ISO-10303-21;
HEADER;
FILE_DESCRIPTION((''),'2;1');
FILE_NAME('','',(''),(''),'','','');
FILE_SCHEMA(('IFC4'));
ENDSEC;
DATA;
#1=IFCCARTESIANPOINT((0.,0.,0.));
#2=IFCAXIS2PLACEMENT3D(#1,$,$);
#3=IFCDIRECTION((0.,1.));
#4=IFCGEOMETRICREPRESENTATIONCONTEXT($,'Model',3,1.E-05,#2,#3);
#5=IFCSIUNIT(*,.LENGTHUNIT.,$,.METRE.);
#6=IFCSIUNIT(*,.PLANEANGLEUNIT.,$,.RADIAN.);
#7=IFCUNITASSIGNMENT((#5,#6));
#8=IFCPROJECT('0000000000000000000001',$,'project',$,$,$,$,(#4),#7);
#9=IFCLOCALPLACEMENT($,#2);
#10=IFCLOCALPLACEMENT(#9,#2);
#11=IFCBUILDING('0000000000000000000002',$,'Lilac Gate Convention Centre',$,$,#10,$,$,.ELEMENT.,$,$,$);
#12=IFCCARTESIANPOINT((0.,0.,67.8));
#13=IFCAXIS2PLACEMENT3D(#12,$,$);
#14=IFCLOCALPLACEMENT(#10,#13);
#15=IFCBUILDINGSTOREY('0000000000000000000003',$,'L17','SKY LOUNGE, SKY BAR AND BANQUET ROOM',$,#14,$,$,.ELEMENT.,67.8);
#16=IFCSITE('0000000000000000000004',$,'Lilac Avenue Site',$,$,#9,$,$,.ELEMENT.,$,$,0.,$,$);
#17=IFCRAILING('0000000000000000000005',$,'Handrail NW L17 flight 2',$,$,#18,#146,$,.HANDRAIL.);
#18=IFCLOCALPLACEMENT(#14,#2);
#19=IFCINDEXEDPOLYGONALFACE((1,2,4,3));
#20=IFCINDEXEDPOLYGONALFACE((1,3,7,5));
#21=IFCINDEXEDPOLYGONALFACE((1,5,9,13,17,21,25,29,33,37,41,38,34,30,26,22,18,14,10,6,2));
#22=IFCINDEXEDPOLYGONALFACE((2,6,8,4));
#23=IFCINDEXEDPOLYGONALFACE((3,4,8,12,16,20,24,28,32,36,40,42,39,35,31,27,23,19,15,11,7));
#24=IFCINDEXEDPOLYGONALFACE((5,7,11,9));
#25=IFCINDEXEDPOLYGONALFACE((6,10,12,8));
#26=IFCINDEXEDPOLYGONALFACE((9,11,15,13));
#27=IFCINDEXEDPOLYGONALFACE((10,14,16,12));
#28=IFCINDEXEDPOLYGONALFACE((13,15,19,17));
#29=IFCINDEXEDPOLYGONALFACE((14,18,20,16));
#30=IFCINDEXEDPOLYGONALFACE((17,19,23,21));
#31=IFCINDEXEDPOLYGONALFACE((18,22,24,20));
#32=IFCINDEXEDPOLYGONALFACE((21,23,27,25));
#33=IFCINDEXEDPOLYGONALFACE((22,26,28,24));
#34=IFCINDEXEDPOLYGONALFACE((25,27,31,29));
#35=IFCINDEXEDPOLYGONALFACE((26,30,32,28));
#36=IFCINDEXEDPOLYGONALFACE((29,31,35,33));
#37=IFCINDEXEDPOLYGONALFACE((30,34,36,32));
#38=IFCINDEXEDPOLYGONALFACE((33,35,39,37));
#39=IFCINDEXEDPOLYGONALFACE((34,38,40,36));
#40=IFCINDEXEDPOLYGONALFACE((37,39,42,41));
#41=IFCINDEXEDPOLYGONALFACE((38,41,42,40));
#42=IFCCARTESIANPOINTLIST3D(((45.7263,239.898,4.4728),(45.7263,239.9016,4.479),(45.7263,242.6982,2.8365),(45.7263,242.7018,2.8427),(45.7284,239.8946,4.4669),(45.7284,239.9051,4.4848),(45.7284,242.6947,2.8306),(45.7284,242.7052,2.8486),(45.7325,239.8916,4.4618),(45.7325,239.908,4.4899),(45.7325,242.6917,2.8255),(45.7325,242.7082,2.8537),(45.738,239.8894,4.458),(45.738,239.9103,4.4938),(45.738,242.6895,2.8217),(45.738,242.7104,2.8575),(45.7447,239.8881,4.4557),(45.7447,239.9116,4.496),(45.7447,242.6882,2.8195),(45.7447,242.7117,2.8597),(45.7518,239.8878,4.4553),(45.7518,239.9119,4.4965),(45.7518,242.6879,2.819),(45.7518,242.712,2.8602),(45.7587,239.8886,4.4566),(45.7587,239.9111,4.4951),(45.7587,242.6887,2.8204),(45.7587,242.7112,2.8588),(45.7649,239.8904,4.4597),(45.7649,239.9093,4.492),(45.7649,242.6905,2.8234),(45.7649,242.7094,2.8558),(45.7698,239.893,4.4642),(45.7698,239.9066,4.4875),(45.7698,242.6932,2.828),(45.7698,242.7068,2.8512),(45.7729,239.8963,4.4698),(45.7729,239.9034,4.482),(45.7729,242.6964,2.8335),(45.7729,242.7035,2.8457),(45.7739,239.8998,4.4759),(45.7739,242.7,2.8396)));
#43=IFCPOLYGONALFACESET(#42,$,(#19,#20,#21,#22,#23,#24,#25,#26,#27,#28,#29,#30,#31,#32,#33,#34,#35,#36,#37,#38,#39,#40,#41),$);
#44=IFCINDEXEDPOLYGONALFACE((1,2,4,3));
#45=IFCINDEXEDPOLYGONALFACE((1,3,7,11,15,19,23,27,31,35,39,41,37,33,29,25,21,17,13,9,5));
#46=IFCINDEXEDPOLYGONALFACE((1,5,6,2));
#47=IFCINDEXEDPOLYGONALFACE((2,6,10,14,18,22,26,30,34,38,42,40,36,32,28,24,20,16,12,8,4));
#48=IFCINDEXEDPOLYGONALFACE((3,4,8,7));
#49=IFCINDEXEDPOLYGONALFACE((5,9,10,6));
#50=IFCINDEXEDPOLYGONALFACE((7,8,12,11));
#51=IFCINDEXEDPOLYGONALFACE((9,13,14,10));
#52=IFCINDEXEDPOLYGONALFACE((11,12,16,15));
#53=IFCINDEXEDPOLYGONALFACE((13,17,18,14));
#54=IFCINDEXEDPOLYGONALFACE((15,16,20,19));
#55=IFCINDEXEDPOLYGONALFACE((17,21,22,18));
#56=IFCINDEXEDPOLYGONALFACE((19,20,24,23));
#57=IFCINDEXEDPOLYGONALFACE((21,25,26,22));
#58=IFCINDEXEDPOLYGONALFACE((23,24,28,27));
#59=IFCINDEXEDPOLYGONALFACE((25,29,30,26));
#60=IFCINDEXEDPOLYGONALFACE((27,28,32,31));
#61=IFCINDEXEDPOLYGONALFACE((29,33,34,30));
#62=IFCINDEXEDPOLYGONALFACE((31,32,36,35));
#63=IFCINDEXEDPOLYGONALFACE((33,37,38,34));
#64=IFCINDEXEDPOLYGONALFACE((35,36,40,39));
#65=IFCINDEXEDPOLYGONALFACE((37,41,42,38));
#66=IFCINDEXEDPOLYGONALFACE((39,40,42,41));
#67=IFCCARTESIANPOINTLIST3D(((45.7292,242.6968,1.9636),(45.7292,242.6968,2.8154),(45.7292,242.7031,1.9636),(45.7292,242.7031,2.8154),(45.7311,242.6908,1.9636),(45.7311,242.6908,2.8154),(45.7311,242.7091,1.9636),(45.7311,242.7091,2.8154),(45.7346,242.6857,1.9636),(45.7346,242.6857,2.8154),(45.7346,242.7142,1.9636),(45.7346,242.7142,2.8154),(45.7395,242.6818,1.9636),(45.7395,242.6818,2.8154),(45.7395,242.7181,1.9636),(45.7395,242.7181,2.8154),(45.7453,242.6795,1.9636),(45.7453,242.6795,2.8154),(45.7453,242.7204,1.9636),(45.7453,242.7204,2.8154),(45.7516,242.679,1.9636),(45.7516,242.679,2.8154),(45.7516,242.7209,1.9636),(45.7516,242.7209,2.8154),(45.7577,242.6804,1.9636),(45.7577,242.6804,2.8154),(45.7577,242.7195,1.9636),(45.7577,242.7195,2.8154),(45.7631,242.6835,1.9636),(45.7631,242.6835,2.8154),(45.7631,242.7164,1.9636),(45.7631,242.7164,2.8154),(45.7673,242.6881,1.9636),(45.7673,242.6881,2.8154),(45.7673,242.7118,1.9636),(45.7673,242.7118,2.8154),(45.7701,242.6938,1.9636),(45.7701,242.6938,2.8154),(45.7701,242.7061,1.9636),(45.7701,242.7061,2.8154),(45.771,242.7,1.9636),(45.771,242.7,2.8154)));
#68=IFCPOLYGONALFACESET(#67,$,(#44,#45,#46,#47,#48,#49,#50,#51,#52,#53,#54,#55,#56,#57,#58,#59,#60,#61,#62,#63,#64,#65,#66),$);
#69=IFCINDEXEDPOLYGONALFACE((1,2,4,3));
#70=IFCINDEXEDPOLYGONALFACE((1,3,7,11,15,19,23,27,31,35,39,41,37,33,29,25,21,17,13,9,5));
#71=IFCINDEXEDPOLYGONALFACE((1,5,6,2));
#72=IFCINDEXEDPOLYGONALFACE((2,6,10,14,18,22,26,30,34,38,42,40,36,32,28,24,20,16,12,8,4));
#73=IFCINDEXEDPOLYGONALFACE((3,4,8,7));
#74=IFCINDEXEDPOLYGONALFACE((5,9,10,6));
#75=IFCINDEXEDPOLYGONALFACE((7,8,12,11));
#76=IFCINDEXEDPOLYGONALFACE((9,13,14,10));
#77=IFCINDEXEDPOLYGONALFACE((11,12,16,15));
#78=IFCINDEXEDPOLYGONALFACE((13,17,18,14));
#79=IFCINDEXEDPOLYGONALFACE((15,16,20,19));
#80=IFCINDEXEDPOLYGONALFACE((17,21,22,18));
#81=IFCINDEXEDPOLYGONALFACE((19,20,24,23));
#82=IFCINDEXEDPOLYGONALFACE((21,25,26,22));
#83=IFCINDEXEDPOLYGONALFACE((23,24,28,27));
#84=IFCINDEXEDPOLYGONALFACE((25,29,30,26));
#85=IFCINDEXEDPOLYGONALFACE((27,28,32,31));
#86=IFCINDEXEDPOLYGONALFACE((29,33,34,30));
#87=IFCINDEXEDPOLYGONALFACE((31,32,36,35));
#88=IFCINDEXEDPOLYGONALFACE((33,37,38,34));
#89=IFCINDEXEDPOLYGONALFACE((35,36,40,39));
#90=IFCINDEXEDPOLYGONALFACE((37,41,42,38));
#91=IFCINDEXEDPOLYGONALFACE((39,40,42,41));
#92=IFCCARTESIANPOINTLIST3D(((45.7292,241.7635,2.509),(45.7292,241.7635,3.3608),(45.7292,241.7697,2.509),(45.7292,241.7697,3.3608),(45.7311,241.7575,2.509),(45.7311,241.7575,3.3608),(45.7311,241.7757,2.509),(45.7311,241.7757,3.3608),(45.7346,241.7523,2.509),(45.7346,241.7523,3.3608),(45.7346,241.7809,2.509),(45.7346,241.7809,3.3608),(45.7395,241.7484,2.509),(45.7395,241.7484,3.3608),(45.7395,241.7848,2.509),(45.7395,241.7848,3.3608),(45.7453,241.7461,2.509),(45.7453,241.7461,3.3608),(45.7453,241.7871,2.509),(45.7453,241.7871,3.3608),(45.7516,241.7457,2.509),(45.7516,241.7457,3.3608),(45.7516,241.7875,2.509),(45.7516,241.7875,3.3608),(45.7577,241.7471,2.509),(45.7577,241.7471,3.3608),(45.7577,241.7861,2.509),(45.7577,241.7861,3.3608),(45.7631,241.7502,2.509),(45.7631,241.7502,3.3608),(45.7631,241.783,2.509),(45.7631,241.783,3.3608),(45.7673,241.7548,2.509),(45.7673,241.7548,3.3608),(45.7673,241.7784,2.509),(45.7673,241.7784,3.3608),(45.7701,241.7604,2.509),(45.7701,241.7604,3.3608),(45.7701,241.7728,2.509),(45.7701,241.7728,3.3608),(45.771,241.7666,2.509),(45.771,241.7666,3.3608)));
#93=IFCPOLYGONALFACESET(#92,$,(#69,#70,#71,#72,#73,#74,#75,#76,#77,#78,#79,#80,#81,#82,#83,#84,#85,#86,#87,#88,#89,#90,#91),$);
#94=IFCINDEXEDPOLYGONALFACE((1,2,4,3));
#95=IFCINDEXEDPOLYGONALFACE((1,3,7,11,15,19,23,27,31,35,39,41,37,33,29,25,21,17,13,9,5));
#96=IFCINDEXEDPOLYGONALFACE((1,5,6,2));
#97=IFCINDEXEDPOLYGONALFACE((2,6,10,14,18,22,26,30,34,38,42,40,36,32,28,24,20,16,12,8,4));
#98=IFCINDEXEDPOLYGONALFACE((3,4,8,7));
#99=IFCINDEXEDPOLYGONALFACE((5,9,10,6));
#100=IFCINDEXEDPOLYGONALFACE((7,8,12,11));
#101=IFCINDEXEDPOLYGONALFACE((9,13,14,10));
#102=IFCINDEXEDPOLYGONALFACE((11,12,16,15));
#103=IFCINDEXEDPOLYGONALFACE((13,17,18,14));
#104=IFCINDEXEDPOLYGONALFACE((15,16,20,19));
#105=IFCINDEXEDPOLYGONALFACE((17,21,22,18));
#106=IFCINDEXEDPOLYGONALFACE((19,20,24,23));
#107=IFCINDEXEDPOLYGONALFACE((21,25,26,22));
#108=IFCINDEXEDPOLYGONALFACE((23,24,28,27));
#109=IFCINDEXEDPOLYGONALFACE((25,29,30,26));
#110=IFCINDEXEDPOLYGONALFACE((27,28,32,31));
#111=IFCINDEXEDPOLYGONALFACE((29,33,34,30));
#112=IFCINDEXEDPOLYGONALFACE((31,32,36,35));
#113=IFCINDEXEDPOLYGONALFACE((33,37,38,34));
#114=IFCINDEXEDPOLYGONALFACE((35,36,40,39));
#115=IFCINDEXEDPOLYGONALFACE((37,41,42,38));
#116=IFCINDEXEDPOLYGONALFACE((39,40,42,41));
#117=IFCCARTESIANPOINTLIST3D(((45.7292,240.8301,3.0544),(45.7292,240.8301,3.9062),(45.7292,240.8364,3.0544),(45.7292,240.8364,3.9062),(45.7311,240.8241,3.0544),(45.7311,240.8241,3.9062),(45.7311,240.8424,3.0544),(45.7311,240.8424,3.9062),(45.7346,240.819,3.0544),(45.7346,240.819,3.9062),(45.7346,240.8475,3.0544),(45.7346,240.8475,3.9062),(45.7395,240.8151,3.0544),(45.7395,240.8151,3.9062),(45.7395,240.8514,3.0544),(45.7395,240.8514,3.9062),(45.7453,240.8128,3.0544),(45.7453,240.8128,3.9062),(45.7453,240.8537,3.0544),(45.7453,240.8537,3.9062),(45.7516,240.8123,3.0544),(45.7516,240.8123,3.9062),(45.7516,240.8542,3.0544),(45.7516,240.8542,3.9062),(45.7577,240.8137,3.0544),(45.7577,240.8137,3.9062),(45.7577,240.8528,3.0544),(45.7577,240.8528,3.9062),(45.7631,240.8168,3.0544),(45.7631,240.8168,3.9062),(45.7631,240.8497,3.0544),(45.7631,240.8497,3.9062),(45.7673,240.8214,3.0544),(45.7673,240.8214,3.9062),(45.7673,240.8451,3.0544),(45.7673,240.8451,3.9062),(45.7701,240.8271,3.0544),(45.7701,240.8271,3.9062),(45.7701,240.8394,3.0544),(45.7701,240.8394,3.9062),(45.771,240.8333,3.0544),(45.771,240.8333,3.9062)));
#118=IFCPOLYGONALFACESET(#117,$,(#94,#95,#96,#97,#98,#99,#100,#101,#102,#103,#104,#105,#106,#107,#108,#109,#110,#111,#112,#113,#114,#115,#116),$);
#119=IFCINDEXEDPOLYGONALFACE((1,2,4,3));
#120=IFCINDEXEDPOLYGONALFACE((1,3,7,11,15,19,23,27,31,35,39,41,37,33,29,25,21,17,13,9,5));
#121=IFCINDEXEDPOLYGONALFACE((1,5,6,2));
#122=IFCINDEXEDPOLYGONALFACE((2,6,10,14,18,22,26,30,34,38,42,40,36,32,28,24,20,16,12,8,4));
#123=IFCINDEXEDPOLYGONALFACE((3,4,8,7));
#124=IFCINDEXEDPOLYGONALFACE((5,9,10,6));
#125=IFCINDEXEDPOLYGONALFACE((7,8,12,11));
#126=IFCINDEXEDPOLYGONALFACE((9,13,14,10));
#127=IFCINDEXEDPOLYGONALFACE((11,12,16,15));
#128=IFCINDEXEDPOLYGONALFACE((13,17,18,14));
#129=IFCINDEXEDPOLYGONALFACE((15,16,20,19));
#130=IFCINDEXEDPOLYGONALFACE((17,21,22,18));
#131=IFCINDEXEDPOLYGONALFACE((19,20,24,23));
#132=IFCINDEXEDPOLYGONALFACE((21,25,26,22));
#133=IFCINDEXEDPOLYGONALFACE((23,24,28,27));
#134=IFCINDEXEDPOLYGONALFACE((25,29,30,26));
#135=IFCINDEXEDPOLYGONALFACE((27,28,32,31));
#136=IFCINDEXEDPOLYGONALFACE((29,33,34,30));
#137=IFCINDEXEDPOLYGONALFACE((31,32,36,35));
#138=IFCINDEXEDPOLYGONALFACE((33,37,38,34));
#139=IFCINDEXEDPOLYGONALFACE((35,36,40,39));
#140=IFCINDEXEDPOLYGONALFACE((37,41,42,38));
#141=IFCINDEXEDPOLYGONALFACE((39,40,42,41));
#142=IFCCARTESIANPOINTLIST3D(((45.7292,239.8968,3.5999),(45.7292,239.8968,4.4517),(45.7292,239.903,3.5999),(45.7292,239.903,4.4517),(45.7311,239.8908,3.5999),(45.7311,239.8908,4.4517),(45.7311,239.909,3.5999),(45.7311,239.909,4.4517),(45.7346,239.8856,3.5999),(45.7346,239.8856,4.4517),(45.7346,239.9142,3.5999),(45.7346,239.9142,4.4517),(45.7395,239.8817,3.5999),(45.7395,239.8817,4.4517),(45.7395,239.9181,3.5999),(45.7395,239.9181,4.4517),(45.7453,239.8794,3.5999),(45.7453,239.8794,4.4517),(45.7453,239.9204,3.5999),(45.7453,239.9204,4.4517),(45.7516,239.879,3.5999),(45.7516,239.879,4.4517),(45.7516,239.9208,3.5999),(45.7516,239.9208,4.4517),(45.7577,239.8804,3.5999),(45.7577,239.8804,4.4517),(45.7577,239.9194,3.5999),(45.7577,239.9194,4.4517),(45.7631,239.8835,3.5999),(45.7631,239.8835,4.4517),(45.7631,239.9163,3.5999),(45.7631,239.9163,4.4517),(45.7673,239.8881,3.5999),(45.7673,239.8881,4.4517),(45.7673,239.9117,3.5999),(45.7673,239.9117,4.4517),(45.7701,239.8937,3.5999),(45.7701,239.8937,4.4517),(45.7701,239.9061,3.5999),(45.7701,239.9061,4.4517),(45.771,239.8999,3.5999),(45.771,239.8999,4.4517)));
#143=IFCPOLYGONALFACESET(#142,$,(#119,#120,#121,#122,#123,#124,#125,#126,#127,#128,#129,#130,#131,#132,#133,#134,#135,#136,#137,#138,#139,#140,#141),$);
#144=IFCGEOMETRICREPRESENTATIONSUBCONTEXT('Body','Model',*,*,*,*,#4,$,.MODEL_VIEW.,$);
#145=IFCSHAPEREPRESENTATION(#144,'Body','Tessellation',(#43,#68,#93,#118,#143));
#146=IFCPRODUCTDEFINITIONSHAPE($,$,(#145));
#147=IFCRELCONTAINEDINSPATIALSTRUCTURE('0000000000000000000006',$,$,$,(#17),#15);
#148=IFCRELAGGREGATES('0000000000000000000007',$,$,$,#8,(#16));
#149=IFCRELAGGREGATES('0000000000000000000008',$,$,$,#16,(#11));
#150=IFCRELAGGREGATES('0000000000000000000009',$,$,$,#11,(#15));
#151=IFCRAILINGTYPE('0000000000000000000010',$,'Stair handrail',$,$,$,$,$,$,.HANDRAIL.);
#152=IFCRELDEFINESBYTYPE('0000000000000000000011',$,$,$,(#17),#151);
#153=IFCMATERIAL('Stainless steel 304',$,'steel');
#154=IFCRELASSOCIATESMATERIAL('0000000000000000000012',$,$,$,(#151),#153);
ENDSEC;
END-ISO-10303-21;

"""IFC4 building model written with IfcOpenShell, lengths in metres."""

from ifc_helpers import new_model, si_unit, direction, frame, origin, origin_2d, place, context, subcontext, project, spatial, circle, extrude, material, type_object, element, save


model = new_model("IFC4")

# Units and contexts
model_context = context("Model", 3, precision=1e-05, world=origin(), true_north=direction((0.0, 1.0)))
body_context = subcontext(model_context, "Body", "Model", "MODEL_VIEW")
ifc_project = project(units=[si_unit("LENGTHUNIT", "METRE"), si_unit("PLANEANGLEUNIT", "RADIAN")], contexts=[model_context])

# Site, building, storey
site_placement = place(None, origin())
site = spatial("IfcSite", under=ifc_project, at=site_placement, Name="Lilac Avenue Site", CompositionType="ELEMENT", RefElevation=0.0)
building_placement = place(site_placement, origin())
building = spatial("IfcBuilding", under=site, at=building_placement, Name="Lilac Gate Convention Centre", CompositionType="ELEMENT")
storey_placement = place(building_placement, frame((0.0, 0.0, 67.8)))
storey = spatial("IfcBuildingStorey", under=building, at=storey_placement, Name="L17", Description="SKY LOUNGE, SKY BAR AND BANQUET ROOM", CompositionType="ELEMENT", Elevation=67.8)

# Railing
ifc_material_1 = material(Name="Stainless steel 304", Category="steel")
railing_type = type_object("IfcRailingType", Name="Stair handrail", PredefinedType="HANDRAIL", material=ifc_material_1)
for number, where, name in (
    (1, (45.75, 242.7, 1.9636), "Handrail NW L17 flight 2"),
):
    element("IfcRailing", number, at=place(storey_placement, frame(where)), inside=storey, type_object=railing_type, Name=name, PredefinedType="HANDRAIL", context=body_context, shape_type="SweptSolid", body=[
        extrude(circle(Radius=0.0239, at=origin_2d()), frame((0.0, 0.0, 0.876), z_axis=(0.0, -0.863394, 0.504531), x_axis=(1.0, 0.0, 0.0)), (0.0, 0.0, 1.0), 3.2432),
        extrude(circle(Radius=0.021, at=origin_2d()), origin(), (0.0, 0.0, 1.0), 0.8518),
        extrude(circle(Radius=0.021, at=origin_2d()), frame((0.0, -0.9333, 0.5454)), (0.0, 0.0, 1.0), 0.8518),
        extrude(circle(Radius=0.021, at=origin_2d()), frame((0.0, -1.8667, 1.0908)), (0.0, 0.0, 1.0), 0.8518),
        extrude(circle(Radius=0.021, at=origin_2d()), frame((0.0, -2.8, 1.6362)), (0.0, 0.0, 1.0), 0.8518),
    ])

save(model, "model.ifc")
